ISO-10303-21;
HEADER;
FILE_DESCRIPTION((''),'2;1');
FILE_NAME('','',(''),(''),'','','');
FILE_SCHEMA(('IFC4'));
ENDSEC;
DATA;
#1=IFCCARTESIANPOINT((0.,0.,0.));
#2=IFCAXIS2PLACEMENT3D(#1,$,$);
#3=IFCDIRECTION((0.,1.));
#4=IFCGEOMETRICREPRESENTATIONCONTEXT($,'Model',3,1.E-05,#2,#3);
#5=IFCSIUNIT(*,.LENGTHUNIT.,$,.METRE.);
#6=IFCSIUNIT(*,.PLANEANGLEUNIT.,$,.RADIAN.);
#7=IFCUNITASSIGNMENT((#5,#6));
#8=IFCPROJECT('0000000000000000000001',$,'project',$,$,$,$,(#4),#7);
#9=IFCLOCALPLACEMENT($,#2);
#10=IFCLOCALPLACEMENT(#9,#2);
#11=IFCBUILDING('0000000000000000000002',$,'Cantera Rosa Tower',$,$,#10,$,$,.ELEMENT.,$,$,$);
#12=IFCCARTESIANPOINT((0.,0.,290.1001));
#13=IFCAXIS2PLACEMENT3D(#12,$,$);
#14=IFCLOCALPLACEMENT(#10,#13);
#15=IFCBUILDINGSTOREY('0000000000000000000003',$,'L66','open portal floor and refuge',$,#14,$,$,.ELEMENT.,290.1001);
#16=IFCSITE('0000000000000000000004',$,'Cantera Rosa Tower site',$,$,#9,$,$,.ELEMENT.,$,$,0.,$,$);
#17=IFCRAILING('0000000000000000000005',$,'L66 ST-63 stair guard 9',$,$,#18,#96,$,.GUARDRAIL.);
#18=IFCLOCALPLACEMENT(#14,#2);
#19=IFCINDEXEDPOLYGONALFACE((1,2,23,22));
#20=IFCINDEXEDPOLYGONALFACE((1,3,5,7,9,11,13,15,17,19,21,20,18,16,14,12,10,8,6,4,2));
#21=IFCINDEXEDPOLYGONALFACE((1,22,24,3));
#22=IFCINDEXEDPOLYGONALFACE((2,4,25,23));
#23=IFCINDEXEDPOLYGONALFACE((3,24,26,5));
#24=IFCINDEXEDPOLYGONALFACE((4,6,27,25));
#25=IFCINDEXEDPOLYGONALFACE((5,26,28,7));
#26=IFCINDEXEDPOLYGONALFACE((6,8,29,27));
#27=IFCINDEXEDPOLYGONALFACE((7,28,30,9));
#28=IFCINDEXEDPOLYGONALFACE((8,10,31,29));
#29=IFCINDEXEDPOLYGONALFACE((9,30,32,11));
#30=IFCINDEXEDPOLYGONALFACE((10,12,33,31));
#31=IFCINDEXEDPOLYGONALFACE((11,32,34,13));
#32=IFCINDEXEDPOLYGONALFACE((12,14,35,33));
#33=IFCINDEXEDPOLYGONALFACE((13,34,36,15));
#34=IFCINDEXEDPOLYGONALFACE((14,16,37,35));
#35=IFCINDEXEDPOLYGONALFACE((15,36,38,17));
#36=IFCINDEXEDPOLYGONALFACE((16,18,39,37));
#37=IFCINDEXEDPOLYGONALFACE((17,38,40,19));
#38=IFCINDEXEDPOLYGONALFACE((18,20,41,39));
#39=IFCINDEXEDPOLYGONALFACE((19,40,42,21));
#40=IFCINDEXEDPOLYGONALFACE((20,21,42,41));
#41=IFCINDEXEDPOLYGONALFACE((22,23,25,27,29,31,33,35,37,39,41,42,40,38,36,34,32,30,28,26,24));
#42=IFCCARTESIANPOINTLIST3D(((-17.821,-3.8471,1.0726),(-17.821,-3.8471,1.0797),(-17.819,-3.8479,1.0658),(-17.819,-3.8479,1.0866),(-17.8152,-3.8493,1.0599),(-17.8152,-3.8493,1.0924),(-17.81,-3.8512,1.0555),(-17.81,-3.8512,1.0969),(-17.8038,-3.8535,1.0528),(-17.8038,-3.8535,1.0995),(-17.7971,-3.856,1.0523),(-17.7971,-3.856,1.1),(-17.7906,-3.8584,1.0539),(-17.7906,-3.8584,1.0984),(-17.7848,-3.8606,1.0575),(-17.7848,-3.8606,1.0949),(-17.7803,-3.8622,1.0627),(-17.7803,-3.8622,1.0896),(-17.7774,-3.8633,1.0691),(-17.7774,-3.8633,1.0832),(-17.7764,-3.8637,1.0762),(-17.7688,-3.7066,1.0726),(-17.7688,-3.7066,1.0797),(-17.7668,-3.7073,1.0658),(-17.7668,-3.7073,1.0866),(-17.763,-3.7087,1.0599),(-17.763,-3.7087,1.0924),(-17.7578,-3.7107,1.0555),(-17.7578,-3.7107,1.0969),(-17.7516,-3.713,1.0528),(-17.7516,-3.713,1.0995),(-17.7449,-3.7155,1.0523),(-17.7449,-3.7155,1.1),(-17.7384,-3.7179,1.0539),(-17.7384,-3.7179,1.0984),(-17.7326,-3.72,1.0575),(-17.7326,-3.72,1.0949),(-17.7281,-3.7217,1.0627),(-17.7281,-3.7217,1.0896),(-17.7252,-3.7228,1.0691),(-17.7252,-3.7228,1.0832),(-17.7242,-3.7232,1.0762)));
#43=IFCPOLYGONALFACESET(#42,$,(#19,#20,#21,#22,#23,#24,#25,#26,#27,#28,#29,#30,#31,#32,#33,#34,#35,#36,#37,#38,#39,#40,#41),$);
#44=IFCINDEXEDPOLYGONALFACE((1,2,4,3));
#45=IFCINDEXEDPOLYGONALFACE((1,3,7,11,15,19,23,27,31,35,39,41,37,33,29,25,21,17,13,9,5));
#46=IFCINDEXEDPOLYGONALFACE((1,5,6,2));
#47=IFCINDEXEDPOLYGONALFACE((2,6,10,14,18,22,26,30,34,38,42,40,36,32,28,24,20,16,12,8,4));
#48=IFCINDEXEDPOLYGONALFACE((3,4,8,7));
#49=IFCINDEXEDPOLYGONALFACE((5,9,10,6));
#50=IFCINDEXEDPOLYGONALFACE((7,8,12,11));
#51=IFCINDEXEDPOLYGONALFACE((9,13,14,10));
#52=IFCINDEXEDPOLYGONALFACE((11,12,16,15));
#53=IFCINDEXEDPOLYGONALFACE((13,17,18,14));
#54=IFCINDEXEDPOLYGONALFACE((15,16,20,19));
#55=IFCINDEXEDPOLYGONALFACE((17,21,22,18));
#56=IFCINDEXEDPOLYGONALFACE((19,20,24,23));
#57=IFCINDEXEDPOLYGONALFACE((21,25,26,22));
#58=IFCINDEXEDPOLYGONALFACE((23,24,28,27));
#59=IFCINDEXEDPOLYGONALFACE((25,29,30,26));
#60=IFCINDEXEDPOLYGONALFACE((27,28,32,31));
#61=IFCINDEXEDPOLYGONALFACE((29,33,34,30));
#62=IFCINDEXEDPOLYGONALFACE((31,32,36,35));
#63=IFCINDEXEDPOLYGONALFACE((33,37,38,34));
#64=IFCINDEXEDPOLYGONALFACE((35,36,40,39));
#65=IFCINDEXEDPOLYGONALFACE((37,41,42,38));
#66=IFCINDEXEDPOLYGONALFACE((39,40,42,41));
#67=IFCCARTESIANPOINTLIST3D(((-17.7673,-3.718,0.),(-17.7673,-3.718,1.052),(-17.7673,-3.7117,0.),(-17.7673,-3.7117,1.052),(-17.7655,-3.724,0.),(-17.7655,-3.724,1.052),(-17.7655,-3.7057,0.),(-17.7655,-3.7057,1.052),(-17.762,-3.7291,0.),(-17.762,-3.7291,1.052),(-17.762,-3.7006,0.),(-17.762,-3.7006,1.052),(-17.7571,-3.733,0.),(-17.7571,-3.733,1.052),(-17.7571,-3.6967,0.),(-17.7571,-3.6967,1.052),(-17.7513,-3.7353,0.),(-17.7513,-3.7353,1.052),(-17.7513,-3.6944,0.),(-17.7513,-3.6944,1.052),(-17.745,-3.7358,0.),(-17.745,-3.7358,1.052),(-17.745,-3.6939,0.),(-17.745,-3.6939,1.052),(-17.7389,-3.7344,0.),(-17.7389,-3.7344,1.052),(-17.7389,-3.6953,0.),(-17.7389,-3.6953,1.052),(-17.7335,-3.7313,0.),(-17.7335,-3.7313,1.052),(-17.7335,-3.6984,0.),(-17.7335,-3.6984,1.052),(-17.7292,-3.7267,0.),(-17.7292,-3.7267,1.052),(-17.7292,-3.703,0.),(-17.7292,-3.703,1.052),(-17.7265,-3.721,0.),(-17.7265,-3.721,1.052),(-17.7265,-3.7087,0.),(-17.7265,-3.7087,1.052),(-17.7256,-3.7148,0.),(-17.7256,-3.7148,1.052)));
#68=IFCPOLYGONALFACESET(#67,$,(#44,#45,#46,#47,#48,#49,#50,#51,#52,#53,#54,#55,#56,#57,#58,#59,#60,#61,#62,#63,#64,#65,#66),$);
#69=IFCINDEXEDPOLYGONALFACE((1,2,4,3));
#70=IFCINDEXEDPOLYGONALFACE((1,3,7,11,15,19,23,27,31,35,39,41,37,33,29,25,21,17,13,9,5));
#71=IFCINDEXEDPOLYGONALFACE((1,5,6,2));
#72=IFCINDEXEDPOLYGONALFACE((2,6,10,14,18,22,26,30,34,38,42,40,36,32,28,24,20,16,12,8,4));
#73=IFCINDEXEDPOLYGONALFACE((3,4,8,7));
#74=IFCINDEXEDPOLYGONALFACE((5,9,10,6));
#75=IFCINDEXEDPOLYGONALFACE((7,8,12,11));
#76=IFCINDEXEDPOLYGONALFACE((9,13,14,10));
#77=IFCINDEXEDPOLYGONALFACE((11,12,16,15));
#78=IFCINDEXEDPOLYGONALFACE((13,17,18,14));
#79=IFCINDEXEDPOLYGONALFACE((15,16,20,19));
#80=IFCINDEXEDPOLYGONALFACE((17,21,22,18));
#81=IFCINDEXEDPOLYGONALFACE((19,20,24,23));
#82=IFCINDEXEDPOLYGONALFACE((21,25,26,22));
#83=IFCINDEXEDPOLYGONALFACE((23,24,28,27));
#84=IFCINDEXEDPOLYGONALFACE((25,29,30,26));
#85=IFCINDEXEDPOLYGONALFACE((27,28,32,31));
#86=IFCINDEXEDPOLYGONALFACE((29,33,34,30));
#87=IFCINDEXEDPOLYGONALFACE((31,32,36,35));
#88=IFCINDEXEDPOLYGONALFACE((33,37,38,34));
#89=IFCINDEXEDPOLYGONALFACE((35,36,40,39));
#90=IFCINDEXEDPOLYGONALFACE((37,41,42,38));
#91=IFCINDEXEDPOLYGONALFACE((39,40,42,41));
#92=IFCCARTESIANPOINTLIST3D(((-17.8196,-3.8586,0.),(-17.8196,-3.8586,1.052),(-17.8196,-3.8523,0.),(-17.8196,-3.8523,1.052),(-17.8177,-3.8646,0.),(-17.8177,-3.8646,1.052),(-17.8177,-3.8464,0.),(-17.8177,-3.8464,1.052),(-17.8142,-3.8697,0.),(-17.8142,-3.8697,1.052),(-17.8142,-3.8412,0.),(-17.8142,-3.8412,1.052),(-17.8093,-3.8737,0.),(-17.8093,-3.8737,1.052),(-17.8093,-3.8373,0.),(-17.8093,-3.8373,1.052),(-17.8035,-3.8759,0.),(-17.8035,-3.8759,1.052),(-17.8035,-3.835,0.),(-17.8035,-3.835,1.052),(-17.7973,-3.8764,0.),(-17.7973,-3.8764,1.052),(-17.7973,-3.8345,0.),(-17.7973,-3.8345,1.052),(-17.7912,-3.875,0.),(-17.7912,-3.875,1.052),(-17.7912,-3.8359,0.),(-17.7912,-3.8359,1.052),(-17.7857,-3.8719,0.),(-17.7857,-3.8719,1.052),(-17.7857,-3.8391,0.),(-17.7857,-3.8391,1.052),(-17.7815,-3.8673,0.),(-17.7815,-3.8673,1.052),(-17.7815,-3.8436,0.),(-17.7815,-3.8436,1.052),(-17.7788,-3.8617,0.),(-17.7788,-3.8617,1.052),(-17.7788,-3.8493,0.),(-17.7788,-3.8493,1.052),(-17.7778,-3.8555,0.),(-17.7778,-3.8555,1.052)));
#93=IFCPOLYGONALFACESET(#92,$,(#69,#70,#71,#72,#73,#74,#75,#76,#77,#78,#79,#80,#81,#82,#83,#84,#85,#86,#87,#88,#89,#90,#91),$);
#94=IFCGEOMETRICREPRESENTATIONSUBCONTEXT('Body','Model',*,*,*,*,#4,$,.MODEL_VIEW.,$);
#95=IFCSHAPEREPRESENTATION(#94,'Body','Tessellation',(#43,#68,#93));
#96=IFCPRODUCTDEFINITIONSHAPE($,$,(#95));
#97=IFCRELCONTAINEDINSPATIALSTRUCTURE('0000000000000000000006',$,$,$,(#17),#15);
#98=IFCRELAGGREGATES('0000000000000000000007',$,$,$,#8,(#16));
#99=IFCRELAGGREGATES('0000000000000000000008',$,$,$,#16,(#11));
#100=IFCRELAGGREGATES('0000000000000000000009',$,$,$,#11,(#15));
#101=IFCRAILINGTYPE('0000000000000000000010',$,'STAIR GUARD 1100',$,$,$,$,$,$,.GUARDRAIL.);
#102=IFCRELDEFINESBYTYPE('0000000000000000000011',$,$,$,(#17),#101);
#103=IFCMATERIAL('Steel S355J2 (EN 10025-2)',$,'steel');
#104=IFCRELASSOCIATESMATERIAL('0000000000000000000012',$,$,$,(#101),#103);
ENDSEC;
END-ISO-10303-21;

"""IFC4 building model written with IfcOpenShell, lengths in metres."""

from ifc_helpers import new_model, si_unit, direction, frame, origin, origin_2d, place, context, subcontext, project, spatial, circle, extrude, material, type_object, element, save


model = new_model("IFC4")

# Units and contexts
model_context = context("Model", 3, precision=1e-05, world=origin(), true_north=direction((0.0, 1.0)))
body_context = subcontext(model_context, "Body", "Model", "MODEL_VIEW")
ifc_project = project(units=[si_unit("LENGTHUNIT", "METRE"), si_unit("PLANEANGLEUNIT", "RADIAN")], contexts=[model_context])

# Site, building, storey
site_placement = place(None, origin())
site = spatial("IfcSite", under=ifc_project, at=site_placement, Name="Cantera Rosa Tower site", CompositionType="ELEMENT", RefElevation=0.0)
building_placement = place(site_placement, origin())
building = spatial("IfcBuilding", under=site, at=building_placement, Name="Cantera Rosa Tower", CompositionType="ELEMENT")
storey_placement = place(building_placement, frame((0.0, 0.0, 290.1001)))
storey = spatial("IfcBuildingStorey", under=building, at=storey_placement, Name="L66", Description="open portal floor and refuge", CompositionType="ELEMENT", Elevation=290.1001)

# Railing
ifc_material_1 = material(Name="Steel S355J2 (EN 10025-2)", Category="steel")
railing_type_1 = type_object("IfcRailingType", Name="STAIR GUARD 1100", PredefinedType="GUARDRAIL", material=ifc_material_1)
railing_1_placement = place(storey_placement, frame((-17.7466, -3.7148, 0.0)))
element("IfcRailing", 1, at=railing_1_placement, inside=storey, type_object=railing_type_1, Name="L66 ST-63 stair guard 9", PredefinedType="GUARDRAIL", context=body_context, shape_type="SweptSolid", body=[
    extrude(circle(Radius=0.0239, at=origin_2d()), frame((0.0, 0.0, 1.0762), z_axis=(-0.348268, -0.937395, 0.0), x_axis=(0.937395, -0.348268, 0.0)), (0.0, 0.0, 1.0), 0.1499),
    extrude(circle(Radius=0.021, at=origin_2d()), origin(), (0.0, 0.0, 1.0), 1.052),
    extrude(circle(Radius=0.021, at=origin_2d()), frame((-0.0522, -0.1406, 0.0)), (0.0, 0.0, 1.0), 1.052),
])

save(model, "model.ifc")
